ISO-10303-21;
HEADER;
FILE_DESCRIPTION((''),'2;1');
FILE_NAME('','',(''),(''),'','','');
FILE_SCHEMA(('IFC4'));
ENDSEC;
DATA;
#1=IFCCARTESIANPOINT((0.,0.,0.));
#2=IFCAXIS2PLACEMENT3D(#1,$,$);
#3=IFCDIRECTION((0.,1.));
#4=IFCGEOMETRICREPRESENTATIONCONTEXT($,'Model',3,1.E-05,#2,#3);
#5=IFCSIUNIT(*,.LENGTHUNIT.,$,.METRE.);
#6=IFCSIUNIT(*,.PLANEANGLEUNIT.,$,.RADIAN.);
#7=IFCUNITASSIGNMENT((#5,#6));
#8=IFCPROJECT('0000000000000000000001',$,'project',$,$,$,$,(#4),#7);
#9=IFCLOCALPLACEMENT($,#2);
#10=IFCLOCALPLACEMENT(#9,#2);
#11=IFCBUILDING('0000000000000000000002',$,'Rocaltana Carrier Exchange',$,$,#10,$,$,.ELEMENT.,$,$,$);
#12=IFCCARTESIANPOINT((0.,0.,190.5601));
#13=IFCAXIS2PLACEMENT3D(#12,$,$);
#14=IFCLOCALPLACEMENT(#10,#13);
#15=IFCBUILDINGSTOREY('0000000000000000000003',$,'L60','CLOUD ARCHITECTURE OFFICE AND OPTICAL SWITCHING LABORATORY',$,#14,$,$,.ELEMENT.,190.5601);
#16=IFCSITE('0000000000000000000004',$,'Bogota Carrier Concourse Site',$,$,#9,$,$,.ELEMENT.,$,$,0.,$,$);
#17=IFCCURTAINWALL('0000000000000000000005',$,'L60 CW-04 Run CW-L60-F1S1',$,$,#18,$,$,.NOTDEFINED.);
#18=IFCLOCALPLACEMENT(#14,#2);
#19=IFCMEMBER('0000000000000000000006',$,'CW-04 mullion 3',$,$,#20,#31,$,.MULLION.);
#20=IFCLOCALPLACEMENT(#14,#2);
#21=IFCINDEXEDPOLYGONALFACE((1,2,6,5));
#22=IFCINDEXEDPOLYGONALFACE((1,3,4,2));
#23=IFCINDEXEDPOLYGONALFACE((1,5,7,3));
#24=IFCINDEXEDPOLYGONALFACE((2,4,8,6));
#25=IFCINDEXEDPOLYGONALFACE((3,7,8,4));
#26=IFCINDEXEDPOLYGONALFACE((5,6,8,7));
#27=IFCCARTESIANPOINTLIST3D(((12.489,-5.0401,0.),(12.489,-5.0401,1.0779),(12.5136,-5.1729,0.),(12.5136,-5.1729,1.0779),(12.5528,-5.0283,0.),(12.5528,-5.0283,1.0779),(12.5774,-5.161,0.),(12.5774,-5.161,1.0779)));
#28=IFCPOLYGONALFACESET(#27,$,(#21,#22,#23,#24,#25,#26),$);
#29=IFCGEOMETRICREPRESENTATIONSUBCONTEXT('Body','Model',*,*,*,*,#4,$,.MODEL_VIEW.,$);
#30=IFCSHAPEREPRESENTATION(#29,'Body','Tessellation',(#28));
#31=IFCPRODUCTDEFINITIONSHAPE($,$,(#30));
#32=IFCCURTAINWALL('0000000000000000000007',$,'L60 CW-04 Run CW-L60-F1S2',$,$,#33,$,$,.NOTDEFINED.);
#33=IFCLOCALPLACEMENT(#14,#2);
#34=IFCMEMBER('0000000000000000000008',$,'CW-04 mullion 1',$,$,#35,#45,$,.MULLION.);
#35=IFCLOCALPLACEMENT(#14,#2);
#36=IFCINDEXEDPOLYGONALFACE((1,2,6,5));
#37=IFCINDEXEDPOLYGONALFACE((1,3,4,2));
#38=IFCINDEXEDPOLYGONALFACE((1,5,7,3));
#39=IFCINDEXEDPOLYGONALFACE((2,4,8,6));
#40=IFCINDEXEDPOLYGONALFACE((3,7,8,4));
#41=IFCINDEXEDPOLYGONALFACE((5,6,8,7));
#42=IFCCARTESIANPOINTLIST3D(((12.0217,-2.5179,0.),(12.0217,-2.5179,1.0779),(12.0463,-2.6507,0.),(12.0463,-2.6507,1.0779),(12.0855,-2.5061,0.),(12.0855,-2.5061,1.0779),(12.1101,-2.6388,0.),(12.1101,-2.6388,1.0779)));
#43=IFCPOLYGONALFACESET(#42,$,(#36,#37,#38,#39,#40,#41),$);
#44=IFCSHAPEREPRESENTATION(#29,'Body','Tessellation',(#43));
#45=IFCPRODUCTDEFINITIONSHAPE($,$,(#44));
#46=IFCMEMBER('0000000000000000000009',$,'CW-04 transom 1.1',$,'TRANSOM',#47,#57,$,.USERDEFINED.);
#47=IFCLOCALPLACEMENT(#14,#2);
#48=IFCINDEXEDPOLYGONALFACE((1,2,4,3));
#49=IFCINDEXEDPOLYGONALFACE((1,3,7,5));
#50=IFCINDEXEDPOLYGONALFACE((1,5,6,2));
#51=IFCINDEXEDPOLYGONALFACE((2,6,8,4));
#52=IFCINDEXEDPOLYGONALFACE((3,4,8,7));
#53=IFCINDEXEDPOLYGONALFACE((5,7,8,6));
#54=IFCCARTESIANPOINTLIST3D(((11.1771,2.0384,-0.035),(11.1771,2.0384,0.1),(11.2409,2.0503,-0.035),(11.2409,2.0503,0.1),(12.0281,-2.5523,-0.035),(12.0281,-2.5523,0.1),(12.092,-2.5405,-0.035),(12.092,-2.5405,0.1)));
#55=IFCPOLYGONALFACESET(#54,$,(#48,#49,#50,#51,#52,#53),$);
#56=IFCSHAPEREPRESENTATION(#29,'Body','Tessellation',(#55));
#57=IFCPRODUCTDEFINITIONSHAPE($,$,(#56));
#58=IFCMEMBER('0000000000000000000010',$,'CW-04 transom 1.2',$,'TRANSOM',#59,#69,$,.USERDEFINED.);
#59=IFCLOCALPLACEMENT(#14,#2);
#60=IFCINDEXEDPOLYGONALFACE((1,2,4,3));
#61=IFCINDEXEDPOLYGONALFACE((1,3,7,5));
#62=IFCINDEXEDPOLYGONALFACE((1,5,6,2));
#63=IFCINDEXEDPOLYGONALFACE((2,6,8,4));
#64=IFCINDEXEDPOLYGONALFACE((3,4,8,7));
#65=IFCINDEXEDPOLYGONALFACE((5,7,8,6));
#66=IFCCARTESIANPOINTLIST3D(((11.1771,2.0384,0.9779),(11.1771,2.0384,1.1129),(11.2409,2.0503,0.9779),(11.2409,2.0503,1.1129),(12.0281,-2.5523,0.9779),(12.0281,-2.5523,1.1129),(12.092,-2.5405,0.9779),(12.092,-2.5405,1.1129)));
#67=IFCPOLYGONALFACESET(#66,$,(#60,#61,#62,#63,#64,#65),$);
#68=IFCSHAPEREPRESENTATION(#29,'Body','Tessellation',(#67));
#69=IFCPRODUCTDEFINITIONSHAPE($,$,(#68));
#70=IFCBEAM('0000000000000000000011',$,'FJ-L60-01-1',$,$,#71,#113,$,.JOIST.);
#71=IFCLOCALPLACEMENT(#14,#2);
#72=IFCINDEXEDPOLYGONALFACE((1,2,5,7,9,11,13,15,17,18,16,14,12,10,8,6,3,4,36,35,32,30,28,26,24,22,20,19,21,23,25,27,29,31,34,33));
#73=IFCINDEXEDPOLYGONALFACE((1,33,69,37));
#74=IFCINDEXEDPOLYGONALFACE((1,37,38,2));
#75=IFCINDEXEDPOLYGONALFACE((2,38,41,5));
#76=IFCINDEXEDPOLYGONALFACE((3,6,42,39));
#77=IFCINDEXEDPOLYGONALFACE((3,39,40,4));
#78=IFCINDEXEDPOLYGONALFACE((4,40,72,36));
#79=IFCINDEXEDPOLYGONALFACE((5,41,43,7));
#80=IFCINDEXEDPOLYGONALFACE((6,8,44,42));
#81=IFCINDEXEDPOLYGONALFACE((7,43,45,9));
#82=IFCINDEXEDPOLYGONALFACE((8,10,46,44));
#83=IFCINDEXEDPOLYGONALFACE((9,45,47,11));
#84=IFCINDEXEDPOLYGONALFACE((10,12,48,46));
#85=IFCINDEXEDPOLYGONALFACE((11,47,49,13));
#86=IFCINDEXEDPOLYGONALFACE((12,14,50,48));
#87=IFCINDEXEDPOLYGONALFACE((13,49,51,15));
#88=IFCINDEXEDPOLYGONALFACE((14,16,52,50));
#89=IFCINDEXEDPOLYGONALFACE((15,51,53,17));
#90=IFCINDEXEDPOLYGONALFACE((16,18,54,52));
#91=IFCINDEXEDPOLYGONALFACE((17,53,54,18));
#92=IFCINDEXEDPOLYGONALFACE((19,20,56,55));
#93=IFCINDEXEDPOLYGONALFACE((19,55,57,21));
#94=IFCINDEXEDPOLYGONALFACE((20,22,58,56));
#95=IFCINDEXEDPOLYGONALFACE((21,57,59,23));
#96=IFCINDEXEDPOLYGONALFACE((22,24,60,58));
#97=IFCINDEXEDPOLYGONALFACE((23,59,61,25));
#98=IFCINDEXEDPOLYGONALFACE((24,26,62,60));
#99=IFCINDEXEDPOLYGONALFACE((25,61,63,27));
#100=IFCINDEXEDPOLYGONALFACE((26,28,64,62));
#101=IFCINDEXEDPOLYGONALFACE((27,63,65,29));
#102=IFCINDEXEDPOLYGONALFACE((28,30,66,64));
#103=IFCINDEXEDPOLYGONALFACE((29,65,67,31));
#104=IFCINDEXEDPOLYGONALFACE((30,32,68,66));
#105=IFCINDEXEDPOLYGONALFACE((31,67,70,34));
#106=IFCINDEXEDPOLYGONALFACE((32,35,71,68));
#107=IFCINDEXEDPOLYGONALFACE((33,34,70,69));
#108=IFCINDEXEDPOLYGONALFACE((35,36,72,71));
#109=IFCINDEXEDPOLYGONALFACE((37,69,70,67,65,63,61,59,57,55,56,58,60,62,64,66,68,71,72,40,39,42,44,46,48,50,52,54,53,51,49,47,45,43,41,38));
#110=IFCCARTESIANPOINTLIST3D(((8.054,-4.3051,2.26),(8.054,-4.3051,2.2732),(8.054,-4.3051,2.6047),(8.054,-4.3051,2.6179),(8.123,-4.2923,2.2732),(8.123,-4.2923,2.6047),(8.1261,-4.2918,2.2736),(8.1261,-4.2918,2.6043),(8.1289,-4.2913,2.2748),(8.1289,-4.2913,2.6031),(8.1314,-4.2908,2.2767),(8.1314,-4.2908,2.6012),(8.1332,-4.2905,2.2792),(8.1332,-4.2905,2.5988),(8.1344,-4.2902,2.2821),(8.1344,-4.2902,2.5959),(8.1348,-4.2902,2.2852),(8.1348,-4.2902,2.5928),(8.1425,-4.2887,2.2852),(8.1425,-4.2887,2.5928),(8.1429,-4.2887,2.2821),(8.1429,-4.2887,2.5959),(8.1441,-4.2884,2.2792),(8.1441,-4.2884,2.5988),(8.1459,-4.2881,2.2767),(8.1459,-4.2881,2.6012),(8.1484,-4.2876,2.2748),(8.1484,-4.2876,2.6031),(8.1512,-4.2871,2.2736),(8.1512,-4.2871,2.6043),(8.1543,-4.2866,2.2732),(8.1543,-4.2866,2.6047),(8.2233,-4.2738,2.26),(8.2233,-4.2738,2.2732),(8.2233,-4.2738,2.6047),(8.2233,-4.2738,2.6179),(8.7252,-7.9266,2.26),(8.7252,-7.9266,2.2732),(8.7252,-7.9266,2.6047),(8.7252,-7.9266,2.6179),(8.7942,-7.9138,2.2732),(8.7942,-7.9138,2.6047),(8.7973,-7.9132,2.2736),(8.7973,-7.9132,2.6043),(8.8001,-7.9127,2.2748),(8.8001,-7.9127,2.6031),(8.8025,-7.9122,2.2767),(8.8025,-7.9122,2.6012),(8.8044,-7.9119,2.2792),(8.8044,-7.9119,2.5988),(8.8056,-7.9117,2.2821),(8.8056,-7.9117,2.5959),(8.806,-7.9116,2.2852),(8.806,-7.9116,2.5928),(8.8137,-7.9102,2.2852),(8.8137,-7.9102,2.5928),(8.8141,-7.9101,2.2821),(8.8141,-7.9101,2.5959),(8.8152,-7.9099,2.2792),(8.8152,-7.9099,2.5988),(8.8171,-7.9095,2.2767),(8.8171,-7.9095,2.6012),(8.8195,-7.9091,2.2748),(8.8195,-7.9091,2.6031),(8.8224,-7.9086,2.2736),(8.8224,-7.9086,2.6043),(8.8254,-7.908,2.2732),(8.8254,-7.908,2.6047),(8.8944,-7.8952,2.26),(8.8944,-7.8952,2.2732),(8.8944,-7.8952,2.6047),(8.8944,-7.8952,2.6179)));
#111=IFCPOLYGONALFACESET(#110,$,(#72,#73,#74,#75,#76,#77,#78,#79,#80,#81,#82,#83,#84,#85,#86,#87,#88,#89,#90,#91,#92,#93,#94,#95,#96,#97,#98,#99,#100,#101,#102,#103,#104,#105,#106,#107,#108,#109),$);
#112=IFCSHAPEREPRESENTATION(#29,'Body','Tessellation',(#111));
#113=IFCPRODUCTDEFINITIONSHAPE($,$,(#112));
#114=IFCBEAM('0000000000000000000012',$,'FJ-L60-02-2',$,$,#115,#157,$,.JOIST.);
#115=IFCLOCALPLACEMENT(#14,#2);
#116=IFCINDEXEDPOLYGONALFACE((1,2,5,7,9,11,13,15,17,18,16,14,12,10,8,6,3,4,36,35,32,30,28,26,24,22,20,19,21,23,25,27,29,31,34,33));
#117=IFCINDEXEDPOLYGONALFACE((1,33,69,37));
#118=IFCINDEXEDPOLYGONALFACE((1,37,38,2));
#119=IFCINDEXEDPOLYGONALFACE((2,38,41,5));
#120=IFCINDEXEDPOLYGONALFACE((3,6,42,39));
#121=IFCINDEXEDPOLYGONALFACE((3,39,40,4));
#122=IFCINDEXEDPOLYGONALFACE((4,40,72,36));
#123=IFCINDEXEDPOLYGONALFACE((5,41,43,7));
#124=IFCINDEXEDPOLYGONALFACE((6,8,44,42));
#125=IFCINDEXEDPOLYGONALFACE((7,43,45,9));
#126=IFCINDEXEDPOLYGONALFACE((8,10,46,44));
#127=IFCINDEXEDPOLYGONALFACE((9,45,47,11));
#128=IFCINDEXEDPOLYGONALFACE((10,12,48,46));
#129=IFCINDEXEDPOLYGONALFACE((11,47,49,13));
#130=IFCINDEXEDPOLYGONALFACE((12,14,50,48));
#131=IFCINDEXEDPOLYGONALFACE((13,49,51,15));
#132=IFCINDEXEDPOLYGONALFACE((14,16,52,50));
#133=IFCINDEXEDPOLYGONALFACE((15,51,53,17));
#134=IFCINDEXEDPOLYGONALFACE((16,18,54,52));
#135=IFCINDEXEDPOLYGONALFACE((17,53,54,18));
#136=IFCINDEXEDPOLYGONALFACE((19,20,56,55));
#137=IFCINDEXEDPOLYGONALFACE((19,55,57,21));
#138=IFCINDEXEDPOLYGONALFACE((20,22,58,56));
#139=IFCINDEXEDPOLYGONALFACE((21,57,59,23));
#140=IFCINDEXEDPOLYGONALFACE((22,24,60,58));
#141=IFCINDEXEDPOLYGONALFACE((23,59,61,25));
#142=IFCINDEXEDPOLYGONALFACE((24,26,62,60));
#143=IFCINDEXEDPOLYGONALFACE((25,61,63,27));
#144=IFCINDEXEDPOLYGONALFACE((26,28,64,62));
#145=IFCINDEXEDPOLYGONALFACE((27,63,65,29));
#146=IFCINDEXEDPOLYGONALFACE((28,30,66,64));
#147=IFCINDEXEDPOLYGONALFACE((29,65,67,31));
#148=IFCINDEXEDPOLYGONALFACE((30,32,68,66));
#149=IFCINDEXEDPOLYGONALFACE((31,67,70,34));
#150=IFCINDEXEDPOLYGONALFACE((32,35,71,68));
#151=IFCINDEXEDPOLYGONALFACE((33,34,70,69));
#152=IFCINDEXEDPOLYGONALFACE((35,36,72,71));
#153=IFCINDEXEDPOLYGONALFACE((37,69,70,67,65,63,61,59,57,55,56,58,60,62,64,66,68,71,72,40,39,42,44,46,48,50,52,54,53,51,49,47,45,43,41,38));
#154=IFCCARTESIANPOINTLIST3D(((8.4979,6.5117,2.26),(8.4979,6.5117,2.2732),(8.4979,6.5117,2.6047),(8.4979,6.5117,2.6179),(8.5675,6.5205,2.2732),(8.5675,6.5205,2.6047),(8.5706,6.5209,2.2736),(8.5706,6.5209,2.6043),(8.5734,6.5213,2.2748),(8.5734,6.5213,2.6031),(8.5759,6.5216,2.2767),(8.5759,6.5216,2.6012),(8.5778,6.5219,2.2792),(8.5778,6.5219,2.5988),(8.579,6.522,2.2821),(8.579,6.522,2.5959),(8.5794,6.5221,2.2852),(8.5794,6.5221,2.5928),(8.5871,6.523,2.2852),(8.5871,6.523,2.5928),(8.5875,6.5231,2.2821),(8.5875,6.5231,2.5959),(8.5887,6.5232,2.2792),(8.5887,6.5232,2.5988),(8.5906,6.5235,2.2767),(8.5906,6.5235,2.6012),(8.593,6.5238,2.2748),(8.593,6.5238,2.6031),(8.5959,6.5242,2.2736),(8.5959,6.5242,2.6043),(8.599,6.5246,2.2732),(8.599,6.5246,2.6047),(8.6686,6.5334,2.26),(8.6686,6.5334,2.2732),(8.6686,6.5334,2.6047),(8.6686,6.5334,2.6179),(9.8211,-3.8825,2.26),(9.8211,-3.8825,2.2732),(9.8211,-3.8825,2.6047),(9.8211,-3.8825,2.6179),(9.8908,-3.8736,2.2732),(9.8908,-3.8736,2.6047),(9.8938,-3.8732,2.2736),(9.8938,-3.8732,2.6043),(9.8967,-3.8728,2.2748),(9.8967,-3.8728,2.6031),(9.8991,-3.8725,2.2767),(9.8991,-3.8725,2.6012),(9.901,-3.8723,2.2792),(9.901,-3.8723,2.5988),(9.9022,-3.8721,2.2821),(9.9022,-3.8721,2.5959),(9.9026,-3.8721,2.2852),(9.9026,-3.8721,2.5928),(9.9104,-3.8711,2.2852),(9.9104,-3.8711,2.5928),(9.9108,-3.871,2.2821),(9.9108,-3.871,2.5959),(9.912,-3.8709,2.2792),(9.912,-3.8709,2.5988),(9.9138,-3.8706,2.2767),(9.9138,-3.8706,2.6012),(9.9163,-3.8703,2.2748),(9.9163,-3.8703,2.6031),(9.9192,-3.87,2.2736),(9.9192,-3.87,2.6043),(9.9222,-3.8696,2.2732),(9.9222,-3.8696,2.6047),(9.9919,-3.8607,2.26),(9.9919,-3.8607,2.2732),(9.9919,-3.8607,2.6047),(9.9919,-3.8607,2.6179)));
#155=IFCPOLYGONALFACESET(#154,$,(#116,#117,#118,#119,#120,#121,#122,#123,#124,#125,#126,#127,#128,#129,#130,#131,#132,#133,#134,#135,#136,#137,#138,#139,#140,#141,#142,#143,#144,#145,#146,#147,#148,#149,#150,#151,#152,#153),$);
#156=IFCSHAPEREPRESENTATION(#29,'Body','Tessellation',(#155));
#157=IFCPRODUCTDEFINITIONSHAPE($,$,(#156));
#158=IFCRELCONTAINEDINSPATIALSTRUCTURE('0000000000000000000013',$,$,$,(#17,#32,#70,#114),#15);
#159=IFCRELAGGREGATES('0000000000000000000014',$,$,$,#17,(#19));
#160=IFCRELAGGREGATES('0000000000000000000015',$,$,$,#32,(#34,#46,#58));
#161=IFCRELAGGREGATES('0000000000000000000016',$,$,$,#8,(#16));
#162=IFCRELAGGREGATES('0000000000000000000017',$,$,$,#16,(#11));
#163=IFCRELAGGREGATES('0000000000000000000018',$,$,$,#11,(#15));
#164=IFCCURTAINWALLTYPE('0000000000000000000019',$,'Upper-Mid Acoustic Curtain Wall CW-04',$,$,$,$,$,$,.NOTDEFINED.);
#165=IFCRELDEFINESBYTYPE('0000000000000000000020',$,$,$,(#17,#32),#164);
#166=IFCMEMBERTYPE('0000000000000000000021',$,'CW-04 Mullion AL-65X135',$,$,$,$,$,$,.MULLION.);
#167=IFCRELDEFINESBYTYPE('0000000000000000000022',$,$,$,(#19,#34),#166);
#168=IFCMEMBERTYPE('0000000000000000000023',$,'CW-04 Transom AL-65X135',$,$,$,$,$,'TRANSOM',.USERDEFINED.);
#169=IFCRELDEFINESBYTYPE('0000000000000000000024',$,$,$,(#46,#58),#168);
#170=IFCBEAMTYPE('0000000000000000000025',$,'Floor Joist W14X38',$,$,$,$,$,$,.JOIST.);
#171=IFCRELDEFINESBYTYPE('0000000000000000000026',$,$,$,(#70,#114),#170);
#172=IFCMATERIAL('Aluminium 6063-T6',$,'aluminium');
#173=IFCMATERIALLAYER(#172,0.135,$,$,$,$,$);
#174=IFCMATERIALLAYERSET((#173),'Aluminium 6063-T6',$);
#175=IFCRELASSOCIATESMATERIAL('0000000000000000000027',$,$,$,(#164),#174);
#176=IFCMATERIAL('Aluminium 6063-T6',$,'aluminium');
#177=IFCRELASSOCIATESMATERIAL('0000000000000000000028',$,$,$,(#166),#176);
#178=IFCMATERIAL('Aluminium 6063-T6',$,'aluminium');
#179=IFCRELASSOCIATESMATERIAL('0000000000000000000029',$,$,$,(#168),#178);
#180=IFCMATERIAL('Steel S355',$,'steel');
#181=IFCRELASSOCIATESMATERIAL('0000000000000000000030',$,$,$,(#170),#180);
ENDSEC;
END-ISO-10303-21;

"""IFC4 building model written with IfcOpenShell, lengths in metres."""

from ifc_helpers import new_model, si_unit, direction, frame, origin, origin_2d, place, context, subcontext, project, spatial, rectangle, i_section, extrude, material, layer, layer_set, material_profile, profile_set, type_object, element, aggregate, save


model = new_model("IFC4")

# Units and contexts
model_context = context("Model", 3, precision=1e-05, world=origin(), true_north=direction((0.0, 1.0)))
body_context = subcontext(model_context, "Body", "Model", "MODEL_VIEW")
ifc_project = project(units=[si_unit("LENGTHUNIT", "METRE"), si_unit("PLANEANGLEUNIT", "RADIAN")], contexts=[model_context])

# Site, building, storey
site_placement = place(None, origin())
site = spatial("IfcSite", under=ifc_project, at=site_placement, Name="Bogota Carrier Concourse Site", CompositionType="ELEMENT", RefElevation=0.0)
building_placement = place(site_placement, origin())
building = spatial("IfcBuilding", under=site, at=building_placement, Name="Rocaltana Carrier Exchange", CompositionType="ELEMENT")
storey_placement = place(building_placement, frame((0.0, 0.0, 190.5601)))
storey = spatial("IfcBuildingStorey", under=building, at=storey_placement, Name="L60", Description="CLOUD ARCHITECTURE OFFICE AND OPTICAL SWITCHING LABORATORY", CompositionType="ELEMENT", Elevation=190.5601)

# Curtain wall, member
ifc_material_1 = material(Name="Aluminium 6063-T6", Category="aluminium")
ifc_layer_1 = layer(ifc_material_1, 0.135)
ifc_layer_set_1 = layer_set([ifc_layer_1], Name="Aluminium 6063-T6")
curtain_wall_type = type_object("IfcCurtainWallType", Name="Upper-Mid Acoustic Curtain Wall CW-04", PredefinedType="NOTDEFINED", material=ifc_layer_set_1)
curtain_wall_1_placement = place(storey_placement, origin())
curtain_wall_1 = element("IfcCurtainWall", 1, at=curtain_wall_1_placement, inside=storey, type_object=curtain_wall_type, Name="L60 CW-04 Run CW-L60-F1S1", PredefinedType="NOTDEFINED")
ifc_material_2 = material(Name="Aluminium 6063-T6", Category="aluminium")
ifc_material_profile_1 = material_profile(ifc_material_2, rectangle(XDim=0.0649, YDim=0.135, at=origin_2d()), Name="AL-65X135")
ifc_profile_set_1 = profile_set([ifc_material_profile_1], Name="Aluminium 6063-T6")
member_type_1 = type_object("IfcMemberType", Name="CW-04 Mullion AL-65X135", PredefinedType="MULLION", material=ifc_profile_set_1)
member_1_placement = place(storey_placement, frame((12.5332, -5.1006, 0.0), z_axis=(0.0, 0.0, 1.0), x_axis=(-0.983255, -0.182234, 0.0)))
member_1 = element("IfcMember", 2, at=member_1_placement, type_object=member_type_1, Name="CW-04 mullion 3", PredefinedType="MULLION", context=body_context, shape_type="SweptSolid", body=[
    extrude(rectangle(XDim=0.0649, YDim=0.135, at=origin_2d()), origin(), (0.0, 0.0, 1.0), 1.0779),
])

# Curtain wall, members
curtain_wall_2_placement = place(storey_placement, origin())
curtain_wall_2 = element("IfcCurtainWall", 3, at=curtain_wall_2_placement, inside=storey, type_object=curtain_wall_type, Name="L60 CW-04 Run CW-L60-F1S2", PredefinedType="NOTDEFINED")
member_2_placement = place(storey_placement, frame((12.0659, -2.5784, 0.0), z_axis=(0.0, 0.0, 1.0), x_axis=(-0.983255, -0.182236, 0.0)))
member_2 = element("IfcMember", 4, at=member_2_placement, type_object=member_type_1, Name="CW-04 mullion 1", PredefinedType="MULLION", context=body_context, shape_type="SweptSolid", body=[
    extrude(rectangle(XDim=0.0649, YDim=0.135, at=origin_2d()), origin(), (0.0, 0.0, 1.0), 1.0779),
])
ifc_material_3 = material(Name="Aluminium 6063-T6", Category="aluminium")
ifc_material_profile_2 = material_profile(ifc_material_3, rectangle(XDim=0.0649, YDim=0.135, at=origin_2d()), Name="AL-65X135")
ifc_profile_set_2 = profile_set([ifc_material_profile_2], Name="Aluminium 6063-T6")
member_type_2 = type_object("IfcMemberType", Name="CW-04 Transom AL-65X135", ElementType="TRANSOM", PredefinedType="USERDEFINED", material=ifc_profile_set_2)
member_3_placement = place(storey_placement, frame((12.0601, -2.5464, 0.0325), z_axis=(-0.18228, 0.983247, 0.0), x_axis=(-0.983247, -0.18228, 0.0)))
member_3 = element("IfcMember", 5, at=member_3_placement, type_object=member_type_2, Name="CW-04 transom 1.1", ObjectType="TRANSOM", PredefinedType="USERDEFINED", context=body_context, shape_type="SweptSolid", body=[
    extrude(rectangle(XDim=0.0649, YDim=0.135, at=origin_2d()), origin(), (0.0, 0.0, 1.0), 4.6689),
])
member_4_placement = place(storey_placement, frame((12.0601, -2.5464, 1.0454), z_axis=(-0.18228, 0.983247, 0.0), x_axis=(-0.983247, -0.18228, 0.0)))
member_4 = element("IfcMember", 6, at=member_4_placement, type_object=member_type_2, Name="CW-04 transom 1.2", ObjectType="TRANSOM", PredefinedType="USERDEFINED", context=body_context, shape_type="SweptSolid", body=[
    extrude(rectangle(XDim=0.0649, YDim=0.135, at=origin_2d()), origin(), (0.0, 0.0, 1.0), 4.6689),
])

# Beams
ifc_material_4 = material(Name="Steel S355", Category="steel")
ifc_material_profile_3 = material_profile(ifc_material_4, i_section(OverallWidth=0.1721, OverallDepth=0.3579, WebThickness=0.0078, FlangeThickness=0.0132, FilletRadius=0.012, at=origin_2d()), Name="W14X38")
ifc_profile_set_3 = profile_set([ifc_material_profile_3], Name="Steel S355")
beam_type_1 = type_object("IfcBeamType", Name="Floor Joist W14X38", PredefinedType="JOIST", material=ifc_profile_set_3)
beam_1_placement = place(storey_placement, frame((8.8098, -7.9109, 2.439), z_axis=(-0.182227, 0.983256, 0.0), x_axis=(-0.983256, -0.182227, 0.0)))
element("IfcBeam", 7, at=beam_1_placement, inside=storey, type_object=beam_type_1, Name="FJ-L60-01-1", PredefinedType="JOIST", context=body_context, shape_type="SweptSolid", body=[
    extrude(i_section(OverallWidth=0.1721, OverallDepth=0.3579, WebThickness=0.0078, FlangeThickness=0.0132, FilletRadius=0.012, at=origin_2d()), origin(), (0.0, 0.0, 1.0), 3.6831),
])
beam_2_placement = place(storey_placement, frame((9.9065, -3.8716, 2.439), z_axis=(-0.126288, 0.991994, 0.0), x_axis=(-0.991994, -0.126288, 0.0)))
element("IfcBeam", 8, at=beam_2_placement, inside=storey, type_object=beam_type_1, Name="FJ-L60-02-2", PredefinedType="JOIST", context=body_context, shape_type="SweptSolid", body=[
    extrude(i_section(OverallWidth=0.1721, OverallDepth=0.3579, WebThickness=0.0078, FlangeThickness=0.0132, FilletRadius=0.012, at=origin_2d()), origin(), (0.0, 0.0, 1.0), 10.478),
])

aggregate(curtain_wall_1, [member_1])
aggregate(curtain_wall_2, [member_2, member_3, member_4])

save(model, "model.ifc")
